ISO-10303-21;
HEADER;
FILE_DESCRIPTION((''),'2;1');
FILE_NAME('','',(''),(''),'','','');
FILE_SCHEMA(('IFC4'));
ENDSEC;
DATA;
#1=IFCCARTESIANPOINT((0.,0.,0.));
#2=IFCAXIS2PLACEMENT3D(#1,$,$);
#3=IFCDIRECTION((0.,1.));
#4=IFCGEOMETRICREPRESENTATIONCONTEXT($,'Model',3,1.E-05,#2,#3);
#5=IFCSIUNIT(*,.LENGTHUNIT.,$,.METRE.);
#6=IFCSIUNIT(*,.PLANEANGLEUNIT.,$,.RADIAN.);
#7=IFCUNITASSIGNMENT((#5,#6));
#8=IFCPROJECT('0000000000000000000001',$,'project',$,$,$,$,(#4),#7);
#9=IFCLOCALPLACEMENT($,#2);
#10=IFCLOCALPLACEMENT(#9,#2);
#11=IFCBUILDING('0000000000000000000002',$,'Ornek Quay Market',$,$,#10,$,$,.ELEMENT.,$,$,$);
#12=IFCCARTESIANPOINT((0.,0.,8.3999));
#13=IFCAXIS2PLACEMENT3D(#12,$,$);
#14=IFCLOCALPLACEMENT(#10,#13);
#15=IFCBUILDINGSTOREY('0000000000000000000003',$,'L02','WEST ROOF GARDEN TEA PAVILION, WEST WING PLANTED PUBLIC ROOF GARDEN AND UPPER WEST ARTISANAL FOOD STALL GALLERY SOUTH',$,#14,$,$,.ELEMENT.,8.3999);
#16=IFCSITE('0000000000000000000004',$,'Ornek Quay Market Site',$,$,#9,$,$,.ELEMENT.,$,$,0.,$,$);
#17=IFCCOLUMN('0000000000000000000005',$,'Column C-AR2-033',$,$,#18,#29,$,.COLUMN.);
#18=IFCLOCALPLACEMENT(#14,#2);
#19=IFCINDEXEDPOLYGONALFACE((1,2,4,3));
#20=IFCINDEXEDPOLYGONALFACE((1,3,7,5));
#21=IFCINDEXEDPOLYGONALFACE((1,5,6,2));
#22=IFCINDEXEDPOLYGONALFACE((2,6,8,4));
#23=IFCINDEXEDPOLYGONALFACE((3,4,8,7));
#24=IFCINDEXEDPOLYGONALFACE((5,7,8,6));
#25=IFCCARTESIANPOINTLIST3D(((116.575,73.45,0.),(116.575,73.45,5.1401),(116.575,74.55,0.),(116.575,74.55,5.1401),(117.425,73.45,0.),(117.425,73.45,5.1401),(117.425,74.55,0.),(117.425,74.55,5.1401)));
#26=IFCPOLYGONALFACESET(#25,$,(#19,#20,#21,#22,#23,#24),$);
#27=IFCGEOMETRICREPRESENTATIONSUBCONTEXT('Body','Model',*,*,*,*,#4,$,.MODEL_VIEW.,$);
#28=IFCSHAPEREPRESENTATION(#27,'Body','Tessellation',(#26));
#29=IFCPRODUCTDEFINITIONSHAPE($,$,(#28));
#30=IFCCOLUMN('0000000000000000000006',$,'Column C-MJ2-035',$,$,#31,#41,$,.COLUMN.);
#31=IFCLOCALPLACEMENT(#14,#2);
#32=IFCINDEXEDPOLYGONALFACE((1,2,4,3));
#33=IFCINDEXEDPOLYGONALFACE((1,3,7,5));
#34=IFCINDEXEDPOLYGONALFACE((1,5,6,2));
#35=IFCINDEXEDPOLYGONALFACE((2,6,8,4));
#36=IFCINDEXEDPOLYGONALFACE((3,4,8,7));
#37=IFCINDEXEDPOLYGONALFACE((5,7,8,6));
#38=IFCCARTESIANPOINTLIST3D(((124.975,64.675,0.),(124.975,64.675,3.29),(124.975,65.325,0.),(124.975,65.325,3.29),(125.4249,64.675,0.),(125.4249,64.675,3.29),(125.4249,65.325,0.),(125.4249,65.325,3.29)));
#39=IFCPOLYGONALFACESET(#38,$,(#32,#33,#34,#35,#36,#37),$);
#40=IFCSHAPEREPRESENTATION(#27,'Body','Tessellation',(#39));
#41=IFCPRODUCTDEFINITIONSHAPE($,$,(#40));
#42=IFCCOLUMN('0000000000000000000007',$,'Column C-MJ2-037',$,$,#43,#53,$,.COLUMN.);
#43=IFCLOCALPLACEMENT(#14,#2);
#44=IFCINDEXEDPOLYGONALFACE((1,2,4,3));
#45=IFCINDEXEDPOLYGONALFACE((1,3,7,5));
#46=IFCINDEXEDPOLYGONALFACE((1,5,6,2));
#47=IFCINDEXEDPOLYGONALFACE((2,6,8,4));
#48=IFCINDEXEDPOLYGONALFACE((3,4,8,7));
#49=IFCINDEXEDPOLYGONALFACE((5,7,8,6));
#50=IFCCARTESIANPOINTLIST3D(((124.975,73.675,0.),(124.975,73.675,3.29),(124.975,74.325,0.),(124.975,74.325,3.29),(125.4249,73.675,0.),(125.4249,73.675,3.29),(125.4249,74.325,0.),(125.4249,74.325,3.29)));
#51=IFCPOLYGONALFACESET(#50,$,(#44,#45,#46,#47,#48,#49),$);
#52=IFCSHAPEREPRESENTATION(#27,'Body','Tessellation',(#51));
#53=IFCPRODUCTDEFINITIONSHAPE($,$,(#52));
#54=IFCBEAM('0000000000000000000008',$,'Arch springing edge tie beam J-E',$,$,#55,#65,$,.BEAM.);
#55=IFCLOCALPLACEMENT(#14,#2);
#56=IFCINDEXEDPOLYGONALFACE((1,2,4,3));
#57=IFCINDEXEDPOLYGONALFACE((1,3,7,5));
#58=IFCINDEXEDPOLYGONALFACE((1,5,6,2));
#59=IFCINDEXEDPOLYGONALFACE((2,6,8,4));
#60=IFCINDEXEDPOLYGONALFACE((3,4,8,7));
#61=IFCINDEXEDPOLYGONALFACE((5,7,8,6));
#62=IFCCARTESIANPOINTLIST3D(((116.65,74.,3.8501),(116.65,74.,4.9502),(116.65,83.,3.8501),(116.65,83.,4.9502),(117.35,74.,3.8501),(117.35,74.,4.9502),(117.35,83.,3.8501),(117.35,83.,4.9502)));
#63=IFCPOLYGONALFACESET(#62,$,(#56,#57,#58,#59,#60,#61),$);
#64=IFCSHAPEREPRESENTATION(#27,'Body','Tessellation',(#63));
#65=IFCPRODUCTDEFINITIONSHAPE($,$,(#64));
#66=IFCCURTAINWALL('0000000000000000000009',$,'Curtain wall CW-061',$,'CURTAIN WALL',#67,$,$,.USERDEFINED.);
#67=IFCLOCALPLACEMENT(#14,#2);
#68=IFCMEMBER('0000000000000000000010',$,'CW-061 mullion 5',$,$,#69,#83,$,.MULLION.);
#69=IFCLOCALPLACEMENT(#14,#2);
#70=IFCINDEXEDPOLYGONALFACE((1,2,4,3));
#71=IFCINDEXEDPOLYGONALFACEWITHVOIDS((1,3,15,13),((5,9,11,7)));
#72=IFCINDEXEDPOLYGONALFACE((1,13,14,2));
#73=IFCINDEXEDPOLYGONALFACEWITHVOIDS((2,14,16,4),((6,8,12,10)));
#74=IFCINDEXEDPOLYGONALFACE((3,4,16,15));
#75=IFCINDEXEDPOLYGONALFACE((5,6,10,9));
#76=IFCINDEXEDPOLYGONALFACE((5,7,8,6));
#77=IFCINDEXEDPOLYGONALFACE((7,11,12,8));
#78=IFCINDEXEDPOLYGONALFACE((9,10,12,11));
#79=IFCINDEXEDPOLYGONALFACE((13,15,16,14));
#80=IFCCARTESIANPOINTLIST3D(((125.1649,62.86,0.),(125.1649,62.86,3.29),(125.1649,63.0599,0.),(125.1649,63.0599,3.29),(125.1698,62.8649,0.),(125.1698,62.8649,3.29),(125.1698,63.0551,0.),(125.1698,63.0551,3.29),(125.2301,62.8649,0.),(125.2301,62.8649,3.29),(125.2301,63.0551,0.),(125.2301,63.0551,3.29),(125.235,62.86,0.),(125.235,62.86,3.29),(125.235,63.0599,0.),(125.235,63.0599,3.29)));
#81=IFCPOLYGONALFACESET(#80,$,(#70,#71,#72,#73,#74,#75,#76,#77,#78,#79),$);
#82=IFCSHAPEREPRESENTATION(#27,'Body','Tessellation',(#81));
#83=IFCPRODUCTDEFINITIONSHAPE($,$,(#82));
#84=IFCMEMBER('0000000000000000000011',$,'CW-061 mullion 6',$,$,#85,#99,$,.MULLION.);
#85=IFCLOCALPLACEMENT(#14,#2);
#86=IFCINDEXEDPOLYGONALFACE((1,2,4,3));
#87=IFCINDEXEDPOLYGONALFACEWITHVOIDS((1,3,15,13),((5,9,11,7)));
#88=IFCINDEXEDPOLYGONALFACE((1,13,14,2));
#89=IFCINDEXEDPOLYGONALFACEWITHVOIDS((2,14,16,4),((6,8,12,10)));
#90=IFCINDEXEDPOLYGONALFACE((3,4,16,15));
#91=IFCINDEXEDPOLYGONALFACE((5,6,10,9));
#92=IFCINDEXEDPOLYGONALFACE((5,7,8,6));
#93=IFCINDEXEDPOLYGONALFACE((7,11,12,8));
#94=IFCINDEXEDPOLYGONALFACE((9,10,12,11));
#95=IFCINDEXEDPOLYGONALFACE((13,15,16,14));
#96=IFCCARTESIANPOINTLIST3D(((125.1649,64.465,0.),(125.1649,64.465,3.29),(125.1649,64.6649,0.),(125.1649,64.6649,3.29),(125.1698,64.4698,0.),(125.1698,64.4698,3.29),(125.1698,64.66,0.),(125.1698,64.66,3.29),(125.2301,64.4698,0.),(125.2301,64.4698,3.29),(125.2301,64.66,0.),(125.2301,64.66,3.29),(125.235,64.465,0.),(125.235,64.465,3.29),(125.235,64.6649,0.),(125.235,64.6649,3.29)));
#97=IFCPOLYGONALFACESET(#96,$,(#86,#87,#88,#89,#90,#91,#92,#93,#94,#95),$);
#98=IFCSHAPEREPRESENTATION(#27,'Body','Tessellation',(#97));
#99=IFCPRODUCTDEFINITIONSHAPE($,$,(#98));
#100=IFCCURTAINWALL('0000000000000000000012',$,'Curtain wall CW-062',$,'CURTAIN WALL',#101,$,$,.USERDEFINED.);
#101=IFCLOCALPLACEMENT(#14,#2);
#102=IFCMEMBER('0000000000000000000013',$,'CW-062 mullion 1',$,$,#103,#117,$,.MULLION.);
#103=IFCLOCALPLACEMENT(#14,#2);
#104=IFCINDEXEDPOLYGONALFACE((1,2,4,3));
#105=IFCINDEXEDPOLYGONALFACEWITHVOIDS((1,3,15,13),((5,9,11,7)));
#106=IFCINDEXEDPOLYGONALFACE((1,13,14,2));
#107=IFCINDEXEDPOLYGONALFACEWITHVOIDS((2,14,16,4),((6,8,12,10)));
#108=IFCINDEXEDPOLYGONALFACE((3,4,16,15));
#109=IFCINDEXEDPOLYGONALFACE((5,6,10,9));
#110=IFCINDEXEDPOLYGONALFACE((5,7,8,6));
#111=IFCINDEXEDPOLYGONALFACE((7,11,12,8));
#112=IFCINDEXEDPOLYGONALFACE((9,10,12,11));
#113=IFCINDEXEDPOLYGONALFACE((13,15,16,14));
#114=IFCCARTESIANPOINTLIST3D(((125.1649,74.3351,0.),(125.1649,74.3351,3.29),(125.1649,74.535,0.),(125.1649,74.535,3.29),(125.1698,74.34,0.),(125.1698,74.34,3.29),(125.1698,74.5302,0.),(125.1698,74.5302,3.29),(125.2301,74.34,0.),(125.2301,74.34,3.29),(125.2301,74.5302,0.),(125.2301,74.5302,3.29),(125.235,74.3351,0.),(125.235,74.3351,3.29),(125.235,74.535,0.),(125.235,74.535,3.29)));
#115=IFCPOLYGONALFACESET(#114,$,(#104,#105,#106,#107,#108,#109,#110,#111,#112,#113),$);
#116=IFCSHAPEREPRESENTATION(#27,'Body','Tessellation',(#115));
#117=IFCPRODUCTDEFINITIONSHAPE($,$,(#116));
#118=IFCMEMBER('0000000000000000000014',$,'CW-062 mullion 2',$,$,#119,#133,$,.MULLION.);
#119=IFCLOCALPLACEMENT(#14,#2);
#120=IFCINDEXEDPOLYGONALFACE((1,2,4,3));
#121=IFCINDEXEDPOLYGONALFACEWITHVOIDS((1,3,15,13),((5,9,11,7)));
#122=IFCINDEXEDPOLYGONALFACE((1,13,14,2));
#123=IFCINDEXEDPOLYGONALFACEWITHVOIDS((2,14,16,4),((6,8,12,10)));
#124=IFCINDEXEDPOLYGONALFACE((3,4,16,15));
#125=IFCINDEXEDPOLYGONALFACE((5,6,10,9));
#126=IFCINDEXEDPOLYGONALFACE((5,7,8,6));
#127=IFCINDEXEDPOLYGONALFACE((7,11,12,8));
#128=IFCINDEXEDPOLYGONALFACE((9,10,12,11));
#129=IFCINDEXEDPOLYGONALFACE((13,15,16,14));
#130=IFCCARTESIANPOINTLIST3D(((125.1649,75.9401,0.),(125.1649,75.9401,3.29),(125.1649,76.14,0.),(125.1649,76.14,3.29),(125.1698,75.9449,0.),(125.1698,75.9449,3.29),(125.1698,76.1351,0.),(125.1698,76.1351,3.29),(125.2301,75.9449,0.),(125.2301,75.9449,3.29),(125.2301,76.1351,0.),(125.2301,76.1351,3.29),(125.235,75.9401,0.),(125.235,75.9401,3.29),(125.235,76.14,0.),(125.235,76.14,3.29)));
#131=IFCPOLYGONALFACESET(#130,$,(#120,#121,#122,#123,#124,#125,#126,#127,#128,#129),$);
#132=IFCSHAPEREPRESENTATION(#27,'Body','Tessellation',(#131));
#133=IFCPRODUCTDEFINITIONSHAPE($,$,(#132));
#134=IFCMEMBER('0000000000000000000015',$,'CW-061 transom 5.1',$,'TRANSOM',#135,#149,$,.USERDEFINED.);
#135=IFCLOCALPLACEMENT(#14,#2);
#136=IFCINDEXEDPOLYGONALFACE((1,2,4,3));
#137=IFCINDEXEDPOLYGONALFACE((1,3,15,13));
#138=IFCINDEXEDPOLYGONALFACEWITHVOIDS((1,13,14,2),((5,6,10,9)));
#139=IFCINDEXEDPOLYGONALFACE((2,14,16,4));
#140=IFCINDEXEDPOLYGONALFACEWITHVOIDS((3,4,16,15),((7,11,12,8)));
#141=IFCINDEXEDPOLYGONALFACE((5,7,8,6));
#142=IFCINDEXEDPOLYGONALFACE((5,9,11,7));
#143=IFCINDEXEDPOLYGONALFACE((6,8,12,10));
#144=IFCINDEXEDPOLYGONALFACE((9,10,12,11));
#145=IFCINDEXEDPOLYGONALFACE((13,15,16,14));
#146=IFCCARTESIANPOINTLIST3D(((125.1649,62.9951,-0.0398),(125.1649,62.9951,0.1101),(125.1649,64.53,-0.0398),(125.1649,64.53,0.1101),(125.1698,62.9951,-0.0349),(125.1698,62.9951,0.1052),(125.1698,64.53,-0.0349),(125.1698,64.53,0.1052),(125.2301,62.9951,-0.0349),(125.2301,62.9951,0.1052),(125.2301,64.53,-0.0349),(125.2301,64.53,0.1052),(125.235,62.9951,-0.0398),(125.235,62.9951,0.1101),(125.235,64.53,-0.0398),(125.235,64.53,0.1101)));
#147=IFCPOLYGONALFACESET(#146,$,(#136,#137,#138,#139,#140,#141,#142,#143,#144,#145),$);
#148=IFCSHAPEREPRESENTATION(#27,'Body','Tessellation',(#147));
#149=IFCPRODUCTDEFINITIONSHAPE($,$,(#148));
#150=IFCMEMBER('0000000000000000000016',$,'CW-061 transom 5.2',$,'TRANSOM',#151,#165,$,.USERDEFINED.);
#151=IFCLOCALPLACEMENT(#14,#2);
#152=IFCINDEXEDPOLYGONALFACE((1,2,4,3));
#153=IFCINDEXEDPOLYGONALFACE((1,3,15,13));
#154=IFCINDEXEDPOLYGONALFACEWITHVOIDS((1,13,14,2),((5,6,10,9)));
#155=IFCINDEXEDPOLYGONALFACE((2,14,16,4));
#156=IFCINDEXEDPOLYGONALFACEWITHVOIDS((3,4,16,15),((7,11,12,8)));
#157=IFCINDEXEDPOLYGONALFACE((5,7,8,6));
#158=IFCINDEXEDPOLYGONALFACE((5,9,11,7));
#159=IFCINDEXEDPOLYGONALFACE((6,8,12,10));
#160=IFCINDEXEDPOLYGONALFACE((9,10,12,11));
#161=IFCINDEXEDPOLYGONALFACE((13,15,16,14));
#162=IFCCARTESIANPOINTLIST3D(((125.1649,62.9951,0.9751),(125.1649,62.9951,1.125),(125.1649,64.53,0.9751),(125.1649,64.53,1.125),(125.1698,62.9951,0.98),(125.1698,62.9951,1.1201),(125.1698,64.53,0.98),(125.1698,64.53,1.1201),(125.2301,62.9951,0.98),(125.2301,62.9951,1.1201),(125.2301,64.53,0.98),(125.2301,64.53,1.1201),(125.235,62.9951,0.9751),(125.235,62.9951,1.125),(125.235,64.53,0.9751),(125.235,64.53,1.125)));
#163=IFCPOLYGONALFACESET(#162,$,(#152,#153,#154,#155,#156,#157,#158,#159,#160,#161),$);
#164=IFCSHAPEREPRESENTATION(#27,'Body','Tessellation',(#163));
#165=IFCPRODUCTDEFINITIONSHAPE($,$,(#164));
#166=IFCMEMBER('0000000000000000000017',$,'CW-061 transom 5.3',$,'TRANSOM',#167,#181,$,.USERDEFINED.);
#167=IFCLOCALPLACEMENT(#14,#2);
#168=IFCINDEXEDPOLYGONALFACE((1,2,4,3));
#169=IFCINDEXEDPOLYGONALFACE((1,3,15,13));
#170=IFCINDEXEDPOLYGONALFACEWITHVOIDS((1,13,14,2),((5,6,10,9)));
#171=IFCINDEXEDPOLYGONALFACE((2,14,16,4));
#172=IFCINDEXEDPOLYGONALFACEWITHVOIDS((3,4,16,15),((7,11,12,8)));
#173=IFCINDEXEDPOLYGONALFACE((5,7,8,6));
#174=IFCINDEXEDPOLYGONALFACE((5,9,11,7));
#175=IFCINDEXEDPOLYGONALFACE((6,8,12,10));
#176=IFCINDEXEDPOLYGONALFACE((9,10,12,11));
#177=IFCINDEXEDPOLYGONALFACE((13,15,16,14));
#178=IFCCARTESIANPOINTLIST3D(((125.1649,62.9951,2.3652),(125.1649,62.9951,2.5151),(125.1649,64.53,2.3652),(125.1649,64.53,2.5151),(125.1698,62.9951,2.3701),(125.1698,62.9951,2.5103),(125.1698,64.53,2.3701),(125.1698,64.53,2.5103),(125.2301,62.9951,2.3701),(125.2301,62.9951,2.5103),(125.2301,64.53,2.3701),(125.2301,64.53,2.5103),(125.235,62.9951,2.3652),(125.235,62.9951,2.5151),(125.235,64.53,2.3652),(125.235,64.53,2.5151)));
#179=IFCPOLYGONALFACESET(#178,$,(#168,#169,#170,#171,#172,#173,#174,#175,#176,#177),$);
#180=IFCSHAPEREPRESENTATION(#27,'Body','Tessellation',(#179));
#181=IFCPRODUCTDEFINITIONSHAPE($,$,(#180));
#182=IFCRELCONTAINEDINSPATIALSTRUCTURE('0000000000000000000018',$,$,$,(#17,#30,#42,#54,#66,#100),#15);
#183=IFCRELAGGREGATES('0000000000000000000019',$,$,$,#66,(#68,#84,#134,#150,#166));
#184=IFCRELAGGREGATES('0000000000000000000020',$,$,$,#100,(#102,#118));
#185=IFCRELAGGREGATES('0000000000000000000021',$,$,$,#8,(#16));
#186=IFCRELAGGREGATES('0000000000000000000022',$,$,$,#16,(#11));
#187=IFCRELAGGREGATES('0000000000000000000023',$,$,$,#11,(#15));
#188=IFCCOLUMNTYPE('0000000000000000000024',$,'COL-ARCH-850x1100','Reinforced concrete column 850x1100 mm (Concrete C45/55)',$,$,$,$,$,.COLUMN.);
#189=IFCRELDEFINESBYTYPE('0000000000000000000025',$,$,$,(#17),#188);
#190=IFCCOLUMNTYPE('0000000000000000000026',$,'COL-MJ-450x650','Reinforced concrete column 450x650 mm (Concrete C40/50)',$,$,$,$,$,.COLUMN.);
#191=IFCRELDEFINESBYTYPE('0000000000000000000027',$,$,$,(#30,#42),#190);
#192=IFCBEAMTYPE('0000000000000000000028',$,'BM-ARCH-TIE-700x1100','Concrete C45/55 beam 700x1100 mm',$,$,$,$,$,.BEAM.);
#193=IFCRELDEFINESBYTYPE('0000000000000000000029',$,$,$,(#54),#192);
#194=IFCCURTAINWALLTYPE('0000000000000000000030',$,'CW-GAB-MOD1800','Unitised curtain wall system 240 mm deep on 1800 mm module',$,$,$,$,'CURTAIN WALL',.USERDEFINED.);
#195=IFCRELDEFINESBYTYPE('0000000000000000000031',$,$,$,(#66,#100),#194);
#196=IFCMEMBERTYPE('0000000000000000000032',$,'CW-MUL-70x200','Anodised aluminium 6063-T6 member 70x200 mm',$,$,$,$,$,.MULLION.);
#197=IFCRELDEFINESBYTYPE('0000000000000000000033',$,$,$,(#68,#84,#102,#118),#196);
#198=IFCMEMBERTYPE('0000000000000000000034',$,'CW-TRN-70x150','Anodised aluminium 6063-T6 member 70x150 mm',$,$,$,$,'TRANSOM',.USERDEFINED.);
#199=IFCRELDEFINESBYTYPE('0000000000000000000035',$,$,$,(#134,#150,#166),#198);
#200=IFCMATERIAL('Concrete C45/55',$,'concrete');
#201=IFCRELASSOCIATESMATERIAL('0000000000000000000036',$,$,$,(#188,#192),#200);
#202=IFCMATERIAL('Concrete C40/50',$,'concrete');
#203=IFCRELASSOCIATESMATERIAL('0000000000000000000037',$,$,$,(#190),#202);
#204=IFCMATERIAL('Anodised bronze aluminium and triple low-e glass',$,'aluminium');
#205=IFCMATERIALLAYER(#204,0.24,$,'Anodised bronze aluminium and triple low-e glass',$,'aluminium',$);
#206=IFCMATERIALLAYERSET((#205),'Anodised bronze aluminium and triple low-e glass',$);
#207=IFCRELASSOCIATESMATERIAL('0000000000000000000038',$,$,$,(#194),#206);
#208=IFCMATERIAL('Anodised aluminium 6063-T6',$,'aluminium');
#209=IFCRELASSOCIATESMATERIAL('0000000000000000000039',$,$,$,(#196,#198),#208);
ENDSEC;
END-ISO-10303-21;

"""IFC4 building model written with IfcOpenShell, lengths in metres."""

from ifc_helpers import new_model, si_unit, direction, frame, origin, origin_2d, place, context, subcontext, project, spatial, rectangle, hollow_rectangle, extrude, material, layer, layer_set, material_profile, profile_set, type_object, element, aggregate, save


model = new_model("IFC4")

# Units and contexts
model_context = context("Model", 3, precision=1e-05, world=origin(), true_north=direction((0.0, 1.0)))
body_context = subcontext(model_context, "Body", "Model", "MODEL_VIEW")
ifc_project = project(units=[si_unit("LENGTHUNIT", "METRE"), si_unit("PLANEANGLEUNIT", "RADIAN")], contexts=[model_context])

# Site, building, storey
site_placement = place(None, origin())
site = spatial("IfcSite", under=ifc_project, at=site_placement, Name="Ornek Quay Market Site", CompositionType="ELEMENT", RefElevation=0.0)
building_placement = place(site_placement, origin())
building = spatial("IfcBuilding", under=site, at=building_placement, Name="Ornek Quay Market", CompositionType="ELEMENT")
storey_placement = place(building_placement, frame((0.0, 0.0, 8.3999)))
storey = spatial("IfcBuildingStorey", under=building, at=storey_placement, Name="L02", Description="WEST ROOF GARDEN TEA PAVILION, WEST WING PLANTED PUBLIC ROOF GARDEN AND UPPER WEST ARTISANAL FOOD STALL GALLERY SOUTH", CompositionType="ELEMENT", Elevation=8.3999)

# Columns
ifc_material_1 = material(Name="Concrete C45/55", Category="concrete")
ifc_material_profile_1 = material_profile(ifc_material_1, rectangle(XDim=0.8501, YDim=1.1001, at=origin_2d()), Name="RC 850x1100", Category="concrete")
ifc_profile_set_1 = profile_set([ifc_material_profile_1], Name="Concrete C45/55")
column_type_1 = type_object("IfcColumnType", Name="COL-ARCH-850x1100", Description="Reinforced concrete column 850x1100 mm (Concrete C45/55)", PredefinedType="COLUMN", material=ifc_profile_set_1)
column_placement = place(storey_placement, frame((117.0, 74.0, 0.0), z_axis=(0.0, 0.0, 1.0), x_axis=(1.0, 0.0, 0.0)))
element("IfcColumn", 1, at=column_placement, inside=storey, type_object=column_type_1, Name="Column C-AR2-033", PredefinedType="COLUMN", context=body_context, shape_type="SweptSolid", body=[
    extrude(rectangle(XDim=0.8501, YDim=1.1001, at=origin_2d()), origin(), (0.0, 0.0, 1.0), 5.1401),
])
ifc_material_2 = material(Name="Concrete C40/50", Category="concrete")
ifc_material_profile_2 = material_profile(ifc_material_2, rectangle(XDim=0.45, YDim=0.6499, at=origin_2d()), Name="RC 450x650", Category="concrete")
ifc_profile_set_2 = profile_set([ifc_material_profile_2], Name="Concrete C40/50")
column_type_2 = type_object("IfcColumnType", Name="COL-MJ-450x650", Description="Reinforced concrete column 450x650 mm (Concrete C40/50)", PredefinedType="COLUMN", material=ifc_profile_set_2)
for number, where, z_axis, x_axis, name in (
    (2, (125.2, 65.0, 0.0), (0.0, 0.0, 1.0), (1.0, 0.0, 0.0), "Column C-MJ2-035"),
    (3, (125.2, 74.0, 0.0), (0.0, 0.0, 1.0), (1.0, 0.0, 0.0), "Column C-MJ2-037"),
):
    element("IfcColumn", number, at=place(storey_placement, frame(where, z_axis=z_axis, x_axis=x_axis)), inside=storey, type_object=column_type_2, Name=name, PredefinedType="COLUMN", context=body_context, shape_type="SweptSolid", body=[
        extrude(rectangle(XDim=0.45, YDim=0.6499, at=origin_2d()), origin(), (0.0, 0.0, 1.0), 3.29),
    ])

# Beam
ifc_material_profile_3 = material_profile(ifc_material_1, rectangle(XDim=0.7, YDim=1.1001, at=origin_2d()), Name="RC 700x1100", Category="concrete")
ifc_profile_set_3 = profile_set([ifc_material_profile_3], Name="Concrete C45/55")
beam_type = type_object("IfcBeamType", Name="BM-ARCH-TIE-700x1100", Description="Concrete C45/55 beam 700x1100 mm", PredefinedType="BEAM", material=ifc_profile_set_3)
beam_placement = place(storey_placement, frame((117.0, 74.0, 4.4001), z_axis=(0.0, 1.0, 0.0), x_axis=(-1.0, 0.0, 0.0)))
element("IfcBeam", 4, at=beam_placement, inside=storey, type_object=beam_type, Name="Arch springing edge tie beam J-E", PredefinedType="BEAM", context=body_context, shape_type="SweptSolid", body=[
    extrude(rectangle(XDim=0.7, YDim=1.1001, at=origin_2d()), origin(), (0.0, 0.0, 1.0), 9.0),
])

# Curtain walls, members
ifc_material_3 = material(Name="Anodised bronze aluminium and triple low-e glass", Category="aluminium")
ifc_layer_1 = layer(ifc_material_3, 0.24, Name="Anodised bronze aluminium and triple low-e glass", Category="aluminium")
ifc_layer_set_1 = layer_set([ifc_layer_1], Name="Anodised bronze aluminium and triple low-e glass")
curtain_wall_type = type_object("IfcCurtainWallType", Name="CW-GAB-MOD1800", Description="Unitised curtain wall system 240 mm deep on 1800 mm module", ElementType="CURTAIN WALL", PredefinedType="USERDEFINED", material=ifc_layer_set_1)
curtain_wall_1_placement = place(storey_placement, origin())
curtain_wall_1 = element("IfcCurtainWall", 5, at=curtain_wall_1_placement, inside=storey, type_object=curtain_wall_type, Name="Curtain wall CW-061", ObjectType="CURTAIN WALL", PredefinedType="USERDEFINED")
ifc_material_4 = material(Name="Anodised aluminium 6063-T6", Category="aluminium")
ifc_material_profile_4 = material_profile(ifc_material_4, hollow_rectangle(XDim=0.0701, YDim=0.2, WallThickness=0.0049, at=origin_2d()), Name="CW-MUL-70x200", Category="aluminium")
ifc_profile_set_4 = profile_set([ifc_material_profile_4], Name="Anodised aluminium 6063-T6")
member_type_1 = type_object("IfcMemberType", Name="CW-MUL-70x200", Description="Anodised aluminium 6063-T6 member 70x200 mm", PredefinedType="MULLION", material=ifc_profile_set_4)
member_1_placement = place(storey_placement, frame((125.2, 62.96, 0.0), z_axis=(0.0, 0.0, 1.0), x_axis=(-1.0, 0.0, 0.0)))
member_1 = element("IfcMember", 6, at=member_1_placement, type_object=member_type_1, Name="CW-061 mullion 5", PredefinedType="MULLION", context=body_context, shape_type="SweptSolid", body=[
    extrude(hollow_rectangle(XDim=0.0701, YDim=0.2, WallThickness=0.0049, at=origin_2d()), origin(), (0.0, 0.0, 1.0), 3.29),
])
member_2_placement = place(storey_placement, frame((125.2, 64.5649, 0.0), z_axis=(0.0, 0.0, 1.0), x_axis=(-1.0, 0.0, 0.0)))
member_2 = element("IfcMember", 7, at=member_2_placement, type_object=member_type_1, Name="CW-061 mullion 6", PredefinedType="MULLION", context=body_context, shape_type="SweptSolid", body=[
    extrude(hollow_rectangle(XDim=0.0701, YDim=0.2, WallThickness=0.0049, at=origin_2d()), origin(), (0.0, 0.0, 1.0), 3.29),
])
curtain_wall_2_placement = place(storey_placement, origin())
curtain_wall_2 = element("IfcCurtainWall", 8, at=curtain_wall_2_placement, inside=storey, type_object=curtain_wall_type, Name="Curtain wall CW-062", ObjectType="CURTAIN WALL", PredefinedType="USERDEFINED")
member_3_placement = place(storey_placement, frame((125.2, 74.4351, 0.0), z_axis=(0.0, 0.0, 1.0), x_axis=(-1.0, 0.0, 0.0)))
member_3 = element("IfcMember", 9, at=member_3_placement, type_object=member_type_1, Name="CW-062 mullion 1", PredefinedType="MULLION", context=body_context, shape_type="SweptSolid", body=[
    extrude(hollow_rectangle(XDim=0.0701, YDim=0.2, WallThickness=0.0049, at=origin_2d()), origin(), (0.0, 0.0, 1.0), 3.29),
])
member_4_placement = place(storey_placement, frame((125.2, 76.04, 0.0), z_axis=(0.0, 0.0, 1.0), x_axis=(-1.0, 0.0, 0.0)))
member_4 = element("IfcMember", 10, at=member_4_placement, type_object=member_type_1, Name="CW-062 mullion 2", PredefinedType="MULLION", context=body_context, shape_type="SweptSolid", body=[
    extrude(hollow_rectangle(XDim=0.0701, YDim=0.2, WallThickness=0.0049, at=origin_2d()), origin(), (0.0, 0.0, 1.0), 3.29),
])

# Members
ifc_material_profile_5 = material_profile(ifc_material_4, hollow_rectangle(XDim=0.0701, YDim=0.1499, WallThickness=0.0049, at=origin_2d()), Name="CW-TRN-70x150", Category="aluminium")
ifc_profile_set_5 = profile_set([ifc_material_profile_5], Name="Anodised aluminium 6063-T6")
member_type_2 = type_object("IfcMemberType", Name="CW-TRN-70x150", Description="Anodised aluminium 6063-T6 member 70x150 mm", ElementType="TRANSOM", PredefinedType="USERDEFINED", material=ifc_profile_set_5)
member_5_placement = place(storey_placement, frame((125.2, 62.9951, 0.0352), z_axis=(0.0, 1.0, 0.0), x_axis=(-1.0, 0.0, 0.0)))
member_5 = element("IfcMember", 11, at=member_5_placement, type_object=member_type_2, Name="CW-061 transom 5.1", ObjectType="TRANSOM", PredefinedType="USERDEFINED", context=body_context, shape_type="SweptSolid", body=[
    extrude(hollow_rectangle(XDim=0.0701, YDim=0.1499, WallThickness=0.0049, at=origin_2d()), origin(), (0.0, 0.0, 1.0), 1.5349),
])
member_6_placement = place(storey_placement, frame((125.2, 62.9951, 1.05), z_axis=(0.0, 1.0, 0.0), x_axis=(-1.0, 0.0, 0.0)))
member_6 = element("IfcMember", 12, at=member_6_placement, type_object=member_type_2, Name="CW-061 transom 5.2", ObjectType="TRANSOM", PredefinedType="USERDEFINED", context=body_context, shape_type="SweptSolid", body=[
    extrude(hollow_rectangle(XDim=0.0701, YDim=0.1499, WallThickness=0.0049, at=origin_2d()), origin(), (0.0, 0.0, 1.0), 1.5349),
])
member_7_placement = place(storey_placement, frame((125.2, 62.9951, 2.4402), z_axis=(0.0, 1.0, 0.0), x_axis=(-1.0, 0.0, 0.0)))
member_7 = element("IfcMember", 13, at=member_7_placement, type_object=member_type_2, Name="CW-061 transom 5.3", ObjectType="TRANSOM", PredefinedType="USERDEFINED", context=body_context, shape_type="SweptSolid", body=[
    extrude(hollow_rectangle(XDim=0.0701, YDim=0.1499, WallThickness=0.0049, at=origin_2d()), origin(), (0.0, 0.0, 1.0), 1.5349),
])

aggregate(curtain_wall_1, [member_1, member_2, member_5, member_6, member_7])
aggregate(curtain_wall_2, [member_3, member_4])

save(model, "model.ifc")
